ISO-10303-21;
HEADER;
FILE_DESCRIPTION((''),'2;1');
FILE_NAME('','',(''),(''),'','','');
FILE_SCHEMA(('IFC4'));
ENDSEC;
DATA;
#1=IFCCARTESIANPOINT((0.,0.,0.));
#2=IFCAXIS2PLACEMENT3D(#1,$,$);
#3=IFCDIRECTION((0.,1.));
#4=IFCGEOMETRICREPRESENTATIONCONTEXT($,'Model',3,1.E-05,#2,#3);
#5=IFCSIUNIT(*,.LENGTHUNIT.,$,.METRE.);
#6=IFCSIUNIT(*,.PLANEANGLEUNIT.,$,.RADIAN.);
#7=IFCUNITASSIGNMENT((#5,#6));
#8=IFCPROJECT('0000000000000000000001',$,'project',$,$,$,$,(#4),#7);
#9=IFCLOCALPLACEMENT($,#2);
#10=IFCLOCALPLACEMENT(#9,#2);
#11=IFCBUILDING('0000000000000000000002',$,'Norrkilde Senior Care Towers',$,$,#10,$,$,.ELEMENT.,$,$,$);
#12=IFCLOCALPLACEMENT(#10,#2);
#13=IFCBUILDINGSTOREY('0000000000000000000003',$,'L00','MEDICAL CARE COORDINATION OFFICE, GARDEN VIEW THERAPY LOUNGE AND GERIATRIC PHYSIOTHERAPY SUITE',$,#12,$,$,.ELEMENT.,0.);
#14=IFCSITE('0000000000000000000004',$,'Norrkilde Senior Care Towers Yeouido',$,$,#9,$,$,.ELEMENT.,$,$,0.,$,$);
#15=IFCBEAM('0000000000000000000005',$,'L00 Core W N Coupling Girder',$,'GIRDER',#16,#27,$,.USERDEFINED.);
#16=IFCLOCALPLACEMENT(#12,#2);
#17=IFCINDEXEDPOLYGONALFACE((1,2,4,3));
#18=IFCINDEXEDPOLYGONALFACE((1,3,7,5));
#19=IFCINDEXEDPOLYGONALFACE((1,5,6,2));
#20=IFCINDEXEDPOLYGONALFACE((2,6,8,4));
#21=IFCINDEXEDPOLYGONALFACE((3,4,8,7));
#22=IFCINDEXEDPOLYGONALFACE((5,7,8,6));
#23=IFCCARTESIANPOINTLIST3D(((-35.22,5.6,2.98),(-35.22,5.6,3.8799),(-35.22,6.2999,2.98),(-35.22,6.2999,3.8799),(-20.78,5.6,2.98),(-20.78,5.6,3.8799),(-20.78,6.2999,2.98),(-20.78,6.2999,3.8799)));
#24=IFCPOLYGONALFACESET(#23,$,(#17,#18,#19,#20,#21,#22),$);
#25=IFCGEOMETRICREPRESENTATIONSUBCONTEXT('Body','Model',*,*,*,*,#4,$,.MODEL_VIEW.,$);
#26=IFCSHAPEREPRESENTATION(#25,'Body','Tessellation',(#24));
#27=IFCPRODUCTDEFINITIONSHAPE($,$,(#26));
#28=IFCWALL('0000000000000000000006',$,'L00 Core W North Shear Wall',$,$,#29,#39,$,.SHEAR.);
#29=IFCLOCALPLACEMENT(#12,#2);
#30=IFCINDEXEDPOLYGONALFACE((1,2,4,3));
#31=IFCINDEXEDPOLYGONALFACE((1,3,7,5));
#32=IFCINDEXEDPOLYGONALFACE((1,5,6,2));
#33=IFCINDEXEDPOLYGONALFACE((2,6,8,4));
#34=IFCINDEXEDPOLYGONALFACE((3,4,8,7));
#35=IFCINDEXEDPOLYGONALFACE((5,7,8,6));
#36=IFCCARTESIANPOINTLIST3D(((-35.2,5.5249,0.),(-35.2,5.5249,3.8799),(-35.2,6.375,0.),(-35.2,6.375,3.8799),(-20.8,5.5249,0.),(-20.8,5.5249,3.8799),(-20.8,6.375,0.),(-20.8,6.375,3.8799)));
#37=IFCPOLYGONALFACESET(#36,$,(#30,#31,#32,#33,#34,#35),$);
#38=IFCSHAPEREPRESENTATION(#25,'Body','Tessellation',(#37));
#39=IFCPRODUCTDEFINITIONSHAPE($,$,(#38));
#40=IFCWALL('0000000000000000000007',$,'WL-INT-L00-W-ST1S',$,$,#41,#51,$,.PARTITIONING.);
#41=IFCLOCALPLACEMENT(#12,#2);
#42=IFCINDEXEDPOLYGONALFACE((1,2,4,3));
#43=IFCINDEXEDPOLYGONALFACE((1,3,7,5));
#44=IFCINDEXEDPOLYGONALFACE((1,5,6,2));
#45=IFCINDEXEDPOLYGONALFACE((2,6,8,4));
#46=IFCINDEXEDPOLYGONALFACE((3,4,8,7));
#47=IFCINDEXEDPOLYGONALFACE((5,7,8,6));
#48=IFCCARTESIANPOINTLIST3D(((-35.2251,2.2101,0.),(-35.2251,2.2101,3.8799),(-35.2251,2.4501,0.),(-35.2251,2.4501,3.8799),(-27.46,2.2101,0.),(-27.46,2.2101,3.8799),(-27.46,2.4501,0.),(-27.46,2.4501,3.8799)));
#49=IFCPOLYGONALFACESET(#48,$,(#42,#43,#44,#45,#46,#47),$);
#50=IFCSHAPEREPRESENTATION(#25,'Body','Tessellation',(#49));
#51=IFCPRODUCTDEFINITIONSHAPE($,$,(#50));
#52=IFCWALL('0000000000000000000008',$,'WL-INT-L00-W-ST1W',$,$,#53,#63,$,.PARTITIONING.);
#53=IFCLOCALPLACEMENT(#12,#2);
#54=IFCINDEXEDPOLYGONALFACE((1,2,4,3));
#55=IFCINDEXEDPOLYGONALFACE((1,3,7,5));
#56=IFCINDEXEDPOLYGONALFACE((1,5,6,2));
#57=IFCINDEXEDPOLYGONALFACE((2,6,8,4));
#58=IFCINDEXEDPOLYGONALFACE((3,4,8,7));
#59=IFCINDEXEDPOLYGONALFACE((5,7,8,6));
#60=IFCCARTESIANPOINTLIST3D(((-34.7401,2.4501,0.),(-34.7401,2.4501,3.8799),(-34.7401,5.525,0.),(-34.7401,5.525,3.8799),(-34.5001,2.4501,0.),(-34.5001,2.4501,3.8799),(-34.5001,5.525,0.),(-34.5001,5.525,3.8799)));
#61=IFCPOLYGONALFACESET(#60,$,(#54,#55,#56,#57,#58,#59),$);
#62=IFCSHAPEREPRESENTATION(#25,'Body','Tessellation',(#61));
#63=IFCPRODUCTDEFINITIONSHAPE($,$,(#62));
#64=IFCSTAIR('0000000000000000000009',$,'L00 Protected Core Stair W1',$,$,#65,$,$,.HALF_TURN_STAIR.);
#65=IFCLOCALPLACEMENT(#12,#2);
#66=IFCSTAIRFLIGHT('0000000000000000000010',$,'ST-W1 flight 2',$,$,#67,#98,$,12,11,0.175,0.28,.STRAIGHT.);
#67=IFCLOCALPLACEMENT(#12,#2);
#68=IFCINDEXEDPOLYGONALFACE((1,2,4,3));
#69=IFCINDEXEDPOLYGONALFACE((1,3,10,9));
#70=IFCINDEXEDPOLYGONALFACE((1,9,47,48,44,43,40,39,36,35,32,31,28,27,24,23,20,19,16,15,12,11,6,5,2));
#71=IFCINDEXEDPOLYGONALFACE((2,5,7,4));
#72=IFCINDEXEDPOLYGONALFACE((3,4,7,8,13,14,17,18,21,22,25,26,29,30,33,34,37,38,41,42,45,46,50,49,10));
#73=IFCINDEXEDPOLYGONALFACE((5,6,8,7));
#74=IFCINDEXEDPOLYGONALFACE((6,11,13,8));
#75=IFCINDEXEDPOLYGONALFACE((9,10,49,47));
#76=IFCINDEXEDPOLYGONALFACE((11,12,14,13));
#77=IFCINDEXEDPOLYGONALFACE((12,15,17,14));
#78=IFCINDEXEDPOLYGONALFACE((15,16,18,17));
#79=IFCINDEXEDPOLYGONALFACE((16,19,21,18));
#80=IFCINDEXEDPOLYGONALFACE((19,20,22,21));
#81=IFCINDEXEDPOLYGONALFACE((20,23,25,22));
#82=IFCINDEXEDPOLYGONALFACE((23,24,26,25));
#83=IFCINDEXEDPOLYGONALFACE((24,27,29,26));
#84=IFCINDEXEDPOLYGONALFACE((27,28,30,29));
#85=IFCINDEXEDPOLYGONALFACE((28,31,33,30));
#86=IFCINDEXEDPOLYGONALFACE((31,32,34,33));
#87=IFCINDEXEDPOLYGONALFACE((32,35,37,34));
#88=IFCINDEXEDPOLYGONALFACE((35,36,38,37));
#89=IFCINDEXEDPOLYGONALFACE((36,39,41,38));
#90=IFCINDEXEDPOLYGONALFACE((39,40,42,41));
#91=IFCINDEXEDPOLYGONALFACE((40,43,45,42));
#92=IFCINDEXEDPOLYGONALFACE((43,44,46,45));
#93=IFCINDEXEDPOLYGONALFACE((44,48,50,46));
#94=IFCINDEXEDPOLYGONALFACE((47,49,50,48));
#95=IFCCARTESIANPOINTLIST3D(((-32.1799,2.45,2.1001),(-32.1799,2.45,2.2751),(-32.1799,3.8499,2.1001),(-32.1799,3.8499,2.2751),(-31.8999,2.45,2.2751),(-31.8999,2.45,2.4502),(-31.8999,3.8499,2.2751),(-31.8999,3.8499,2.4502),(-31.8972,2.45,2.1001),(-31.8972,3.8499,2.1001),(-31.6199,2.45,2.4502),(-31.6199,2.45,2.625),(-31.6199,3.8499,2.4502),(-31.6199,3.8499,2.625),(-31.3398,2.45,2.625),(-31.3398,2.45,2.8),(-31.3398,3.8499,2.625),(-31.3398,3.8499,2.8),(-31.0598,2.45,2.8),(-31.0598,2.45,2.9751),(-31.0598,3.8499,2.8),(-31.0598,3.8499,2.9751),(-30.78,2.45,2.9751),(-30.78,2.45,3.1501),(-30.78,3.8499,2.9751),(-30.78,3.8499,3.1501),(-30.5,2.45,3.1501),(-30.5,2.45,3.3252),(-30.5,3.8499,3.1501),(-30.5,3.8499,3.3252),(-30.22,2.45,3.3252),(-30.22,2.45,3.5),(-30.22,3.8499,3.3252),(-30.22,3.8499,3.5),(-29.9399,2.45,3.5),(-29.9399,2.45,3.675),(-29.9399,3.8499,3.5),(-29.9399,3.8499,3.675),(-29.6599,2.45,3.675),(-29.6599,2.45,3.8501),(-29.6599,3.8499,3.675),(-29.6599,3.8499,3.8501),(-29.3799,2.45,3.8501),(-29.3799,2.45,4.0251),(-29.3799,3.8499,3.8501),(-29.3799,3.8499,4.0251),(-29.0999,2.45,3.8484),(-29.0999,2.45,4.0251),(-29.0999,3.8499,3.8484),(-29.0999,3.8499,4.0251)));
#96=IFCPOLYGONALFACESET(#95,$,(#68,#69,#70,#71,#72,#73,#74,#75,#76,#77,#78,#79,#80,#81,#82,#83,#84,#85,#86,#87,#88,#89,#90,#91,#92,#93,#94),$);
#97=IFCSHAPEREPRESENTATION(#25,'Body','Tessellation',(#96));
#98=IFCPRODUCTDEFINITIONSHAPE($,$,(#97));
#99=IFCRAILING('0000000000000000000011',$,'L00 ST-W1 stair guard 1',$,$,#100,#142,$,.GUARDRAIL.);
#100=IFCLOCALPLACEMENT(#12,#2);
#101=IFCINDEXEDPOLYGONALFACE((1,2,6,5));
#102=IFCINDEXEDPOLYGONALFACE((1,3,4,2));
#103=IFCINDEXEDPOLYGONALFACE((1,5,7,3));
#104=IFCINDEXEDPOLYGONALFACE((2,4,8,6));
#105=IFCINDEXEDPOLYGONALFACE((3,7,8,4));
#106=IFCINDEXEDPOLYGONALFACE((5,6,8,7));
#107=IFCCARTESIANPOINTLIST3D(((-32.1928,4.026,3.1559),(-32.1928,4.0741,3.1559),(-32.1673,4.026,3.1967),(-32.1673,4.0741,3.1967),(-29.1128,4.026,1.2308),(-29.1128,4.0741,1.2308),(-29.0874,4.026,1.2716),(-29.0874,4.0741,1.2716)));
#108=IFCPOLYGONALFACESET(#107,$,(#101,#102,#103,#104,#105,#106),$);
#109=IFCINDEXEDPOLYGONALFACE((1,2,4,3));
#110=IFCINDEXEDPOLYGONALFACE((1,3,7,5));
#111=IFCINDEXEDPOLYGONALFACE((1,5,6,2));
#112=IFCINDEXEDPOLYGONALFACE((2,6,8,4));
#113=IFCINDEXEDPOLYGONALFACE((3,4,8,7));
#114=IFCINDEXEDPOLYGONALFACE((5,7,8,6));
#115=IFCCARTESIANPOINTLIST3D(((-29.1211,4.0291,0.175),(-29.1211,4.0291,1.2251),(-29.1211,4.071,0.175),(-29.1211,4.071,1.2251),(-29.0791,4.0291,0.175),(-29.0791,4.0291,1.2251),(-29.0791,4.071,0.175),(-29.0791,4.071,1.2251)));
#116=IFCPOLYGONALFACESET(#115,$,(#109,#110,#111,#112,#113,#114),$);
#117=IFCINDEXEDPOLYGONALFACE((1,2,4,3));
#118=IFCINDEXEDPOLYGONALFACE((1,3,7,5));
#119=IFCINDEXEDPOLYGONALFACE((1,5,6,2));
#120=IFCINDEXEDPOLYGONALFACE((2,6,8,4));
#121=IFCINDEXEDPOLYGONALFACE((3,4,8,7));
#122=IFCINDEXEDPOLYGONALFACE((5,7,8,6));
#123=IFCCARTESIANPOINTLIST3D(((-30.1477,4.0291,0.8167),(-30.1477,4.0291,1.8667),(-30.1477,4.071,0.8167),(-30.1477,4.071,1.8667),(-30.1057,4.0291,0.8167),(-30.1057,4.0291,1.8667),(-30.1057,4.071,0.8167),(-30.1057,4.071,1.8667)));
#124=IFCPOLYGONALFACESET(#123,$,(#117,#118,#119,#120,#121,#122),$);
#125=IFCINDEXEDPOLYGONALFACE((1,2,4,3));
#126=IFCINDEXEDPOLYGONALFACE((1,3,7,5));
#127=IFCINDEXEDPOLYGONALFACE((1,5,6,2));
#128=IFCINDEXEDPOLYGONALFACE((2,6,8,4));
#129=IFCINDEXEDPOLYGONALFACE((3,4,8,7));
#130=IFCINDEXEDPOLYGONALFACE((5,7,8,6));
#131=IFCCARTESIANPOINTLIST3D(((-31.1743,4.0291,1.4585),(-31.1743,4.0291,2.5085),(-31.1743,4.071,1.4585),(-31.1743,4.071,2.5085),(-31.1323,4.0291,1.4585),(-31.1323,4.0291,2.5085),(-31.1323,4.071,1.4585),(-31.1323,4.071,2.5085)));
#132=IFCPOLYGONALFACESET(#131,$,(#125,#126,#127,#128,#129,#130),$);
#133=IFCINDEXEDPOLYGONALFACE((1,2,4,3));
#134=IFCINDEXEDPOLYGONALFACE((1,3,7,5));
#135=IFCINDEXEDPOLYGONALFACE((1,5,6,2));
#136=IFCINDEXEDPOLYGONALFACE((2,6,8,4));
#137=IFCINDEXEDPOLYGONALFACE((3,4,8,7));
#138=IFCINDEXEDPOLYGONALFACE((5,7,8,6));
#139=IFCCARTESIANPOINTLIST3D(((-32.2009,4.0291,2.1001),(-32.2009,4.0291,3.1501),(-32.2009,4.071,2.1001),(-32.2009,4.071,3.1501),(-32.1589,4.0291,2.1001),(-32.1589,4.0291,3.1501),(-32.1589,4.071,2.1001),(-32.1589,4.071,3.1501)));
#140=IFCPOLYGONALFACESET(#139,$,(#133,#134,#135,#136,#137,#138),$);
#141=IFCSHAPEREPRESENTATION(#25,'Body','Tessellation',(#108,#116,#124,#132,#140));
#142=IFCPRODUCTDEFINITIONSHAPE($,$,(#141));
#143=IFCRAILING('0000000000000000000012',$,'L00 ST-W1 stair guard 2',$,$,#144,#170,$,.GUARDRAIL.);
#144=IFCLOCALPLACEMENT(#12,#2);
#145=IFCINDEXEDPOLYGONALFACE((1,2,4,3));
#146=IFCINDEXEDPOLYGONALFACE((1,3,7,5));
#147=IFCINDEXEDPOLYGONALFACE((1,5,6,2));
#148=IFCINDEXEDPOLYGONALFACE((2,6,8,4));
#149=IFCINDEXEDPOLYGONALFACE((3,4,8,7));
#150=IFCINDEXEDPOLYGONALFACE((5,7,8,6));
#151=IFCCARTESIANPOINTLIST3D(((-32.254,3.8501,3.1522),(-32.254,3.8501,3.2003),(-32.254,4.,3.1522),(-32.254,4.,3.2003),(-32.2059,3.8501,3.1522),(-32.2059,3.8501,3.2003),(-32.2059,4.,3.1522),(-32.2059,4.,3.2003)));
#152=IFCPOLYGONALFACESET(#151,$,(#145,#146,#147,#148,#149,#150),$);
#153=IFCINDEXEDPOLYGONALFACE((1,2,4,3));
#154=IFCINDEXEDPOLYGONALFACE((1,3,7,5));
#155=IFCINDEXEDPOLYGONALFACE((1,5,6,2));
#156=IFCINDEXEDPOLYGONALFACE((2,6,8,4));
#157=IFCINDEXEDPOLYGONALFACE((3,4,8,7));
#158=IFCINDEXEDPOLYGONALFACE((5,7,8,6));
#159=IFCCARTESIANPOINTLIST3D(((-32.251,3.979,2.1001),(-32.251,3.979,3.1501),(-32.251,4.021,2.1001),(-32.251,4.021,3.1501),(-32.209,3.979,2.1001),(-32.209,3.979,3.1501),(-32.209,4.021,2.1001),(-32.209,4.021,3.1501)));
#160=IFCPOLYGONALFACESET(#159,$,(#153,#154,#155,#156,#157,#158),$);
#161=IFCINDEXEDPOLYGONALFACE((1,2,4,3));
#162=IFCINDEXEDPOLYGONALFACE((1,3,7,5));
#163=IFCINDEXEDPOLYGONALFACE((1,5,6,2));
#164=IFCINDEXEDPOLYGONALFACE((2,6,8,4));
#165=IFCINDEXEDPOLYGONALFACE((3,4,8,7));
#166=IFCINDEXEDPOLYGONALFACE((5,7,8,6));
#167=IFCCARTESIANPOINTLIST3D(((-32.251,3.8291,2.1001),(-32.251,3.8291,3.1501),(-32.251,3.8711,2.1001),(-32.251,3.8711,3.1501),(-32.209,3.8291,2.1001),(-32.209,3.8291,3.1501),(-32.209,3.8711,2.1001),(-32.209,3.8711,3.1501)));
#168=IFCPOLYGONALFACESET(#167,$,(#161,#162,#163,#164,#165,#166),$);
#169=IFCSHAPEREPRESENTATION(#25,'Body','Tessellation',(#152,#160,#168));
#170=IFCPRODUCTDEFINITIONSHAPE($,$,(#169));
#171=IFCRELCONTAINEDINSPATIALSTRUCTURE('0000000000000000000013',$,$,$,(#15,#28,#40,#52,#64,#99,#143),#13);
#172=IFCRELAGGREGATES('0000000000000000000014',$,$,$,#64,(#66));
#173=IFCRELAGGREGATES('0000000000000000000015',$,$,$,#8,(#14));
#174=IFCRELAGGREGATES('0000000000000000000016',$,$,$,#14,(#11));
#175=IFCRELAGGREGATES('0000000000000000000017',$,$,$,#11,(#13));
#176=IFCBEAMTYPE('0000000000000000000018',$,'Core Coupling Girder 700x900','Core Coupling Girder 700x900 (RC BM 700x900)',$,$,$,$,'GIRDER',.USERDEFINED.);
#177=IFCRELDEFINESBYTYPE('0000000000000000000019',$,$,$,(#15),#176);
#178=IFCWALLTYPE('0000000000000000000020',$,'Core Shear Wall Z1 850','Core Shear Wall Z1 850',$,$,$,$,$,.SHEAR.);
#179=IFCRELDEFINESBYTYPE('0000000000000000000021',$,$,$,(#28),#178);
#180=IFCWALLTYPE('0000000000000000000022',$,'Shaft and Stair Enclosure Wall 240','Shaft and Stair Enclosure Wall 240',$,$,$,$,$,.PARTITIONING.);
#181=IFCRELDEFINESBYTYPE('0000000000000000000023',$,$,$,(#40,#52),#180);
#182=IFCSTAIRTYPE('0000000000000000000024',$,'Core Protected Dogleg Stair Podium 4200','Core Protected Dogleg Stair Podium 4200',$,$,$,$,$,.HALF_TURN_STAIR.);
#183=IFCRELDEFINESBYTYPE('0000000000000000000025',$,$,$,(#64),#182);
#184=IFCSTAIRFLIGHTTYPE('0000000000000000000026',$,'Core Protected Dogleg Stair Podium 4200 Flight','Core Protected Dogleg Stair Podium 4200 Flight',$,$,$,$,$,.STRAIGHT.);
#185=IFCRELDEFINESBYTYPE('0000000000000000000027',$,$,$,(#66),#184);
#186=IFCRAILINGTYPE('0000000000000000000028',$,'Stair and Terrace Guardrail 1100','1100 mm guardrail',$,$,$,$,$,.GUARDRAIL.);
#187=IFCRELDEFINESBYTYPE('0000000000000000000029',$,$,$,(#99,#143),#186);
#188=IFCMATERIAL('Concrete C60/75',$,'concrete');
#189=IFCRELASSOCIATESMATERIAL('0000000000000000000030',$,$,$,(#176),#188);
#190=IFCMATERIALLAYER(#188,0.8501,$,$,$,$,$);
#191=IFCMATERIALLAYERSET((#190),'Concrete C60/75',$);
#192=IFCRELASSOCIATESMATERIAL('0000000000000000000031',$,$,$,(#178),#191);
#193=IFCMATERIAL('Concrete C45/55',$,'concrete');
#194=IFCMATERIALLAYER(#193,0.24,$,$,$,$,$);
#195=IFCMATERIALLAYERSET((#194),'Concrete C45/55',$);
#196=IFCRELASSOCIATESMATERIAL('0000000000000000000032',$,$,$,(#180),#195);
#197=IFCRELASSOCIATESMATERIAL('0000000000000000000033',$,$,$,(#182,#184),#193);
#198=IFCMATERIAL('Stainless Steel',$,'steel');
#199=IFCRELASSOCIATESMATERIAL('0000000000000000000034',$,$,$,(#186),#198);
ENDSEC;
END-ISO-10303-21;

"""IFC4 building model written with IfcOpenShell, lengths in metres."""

from ifc_helpers import new_model, si_unit, direction, frame, frame_2d, origin, origin_2d, place, context, subcontext, project, spatial, polyline, rectangle, outline, extrude, source, transform, mapped, material, layer, layer_set, material_profile, profile_set, type_object, type_shapes, element, aggregate, save


model = new_model("IFC4")

# Units and contexts
model_context = context("Model", 3, precision=1e-05, world=origin(), true_north=direction((0.0, 1.0)))
body_context = subcontext(model_context, "Body", "Model", "MODEL_VIEW")
ifc_project = project(units=[si_unit("LENGTHUNIT", "METRE"), si_unit("PLANEANGLEUNIT", "RADIAN")], contexts=[model_context])

# Site, building, storey
site_placement = place(None, origin())
site = spatial("IfcSite", under=ifc_project, at=site_placement, Name="Norrkilde Senior Care Towers Yeouido", CompositionType="ELEMENT", RefElevation=0.0)
building_placement = place(site_placement, origin())
building = spatial("IfcBuilding", under=site, at=building_placement, Name="Norrkilde Senior Care Towers", CompositionType="ELEMENT")
storey_placement = place(building_placement, origin())
storey = spatial("IfcBuildingStorey", under=building, at=storey_placement, Name="L00", Description="MEDICAL CARE COORDINATION OFFICE, GARDEN VIEW THERAPY LOUNGE AND GERIATRIC PHYSIOTHERAPY SUITE", CompositionType="ELEMENT", Elevation=0.0)

# Beam
ifc_material_1 = material(Name="Concrete C60/75", Category="concrete")
ifc_material_profile = material_profile(ifc_material_1, rectangle(XDim=0.7, YDim=0.8999, at=origin_2d()), Name="RC BM 700x900")
ifc_profile_set = profile_set([ifc_material_profile], Name="Concrete C60/75")
beam_type = type_object("IfcBeamType", Name="Core Coupling Girder 700x900", Description="Core Coupling Girder 700x900 (RC BM 700x900)", ElementType="GIRDER", PredefinedType="USERDEFINED", material=ifc_profile_set)
shared_shape_1 = source(origin(), body_context, "Body", "SweptSolid", [
    extrude(rectangle(XDim=0.7, YDim=0.8999, at=origin_2d()), origin(), (0.0, 0.0, 1.0), 14.4399),
])
type_shapes(beam_type, [shared_shape_1])
beam_placement = place(storey_placement, frame((-35.22, 5.95, 3.4299), z_axis=(1.0, 0.0, 0.0), x_axis=(0.0, 1.0, 0.0)))
element("IfcBeam", 1, at=beam_placement, inside=storey, type_object=beam_type, Name="L00 Core W N Coupling Girder", ObjectType="GIRDER", PredefinedType="USERDEFINED", context=body_context, shape_type="MappedRepresentation", body=[
    mapped(shared_shape_1, transform((0.0, 0.0, 0.0), x_axis=(1.0, 0.0, 0.0), y_axis=(0.0, 1.0, 0.0), z_axis=(0.0, 0.0, 1.0), scale=1.0)),
])

# Walls
ifc_layer_1 = layer(ifc_material_1, 0.8501)
ifc_layer_set_1 = layer_set([ifc_layer_1], Name="Concrete C60/75")
wall_type_1 = type_object("IfcWallType", Name="Core Shear Wall Z1 850", Description="Core Shear Wall Z1 850", PredefinedType="SHEAR", material=ifc_layer_set_1)
shared_shape_2 = source(origin(), body_context, "Body", "SweptSolid", [
    extrude(rectangle(XDim=14.3999, YDim=0.8501, at=frame_2d((7.2, 0.0))), origin(), (0.0, 0.0, 1.0), 3.8799),
])
type_shapes(wall_type_1, [shared_shape_2])
wall_1_placement = place(storey_placement, frame((-35.2, 5.95, 0.0), z_axis=(0.0, 0.0, 1.0), x_axis=(1.0, 0.0, 0.0)))
element("IfcWall", 2, at=wall_1_placement, inside=storey, type_object=wall_type_1, Name="L00 Core W North Shear Wall", PredefinedType="SHEAR", context=body_context, shape_type="MappedRepresentation", body=[
    mapped(shared_shape_2, transform((0.0, 0.0, 0.0), x_axis=(1.0, 0.0, 0.0), y_axis=(0.0, 1.0, 0.0), z_axis=(0.0, 0.0, 1.0), scale=1.0)),
])
ifc_material_2 = material(Name="Concrete C45/55", Category="concrete")
ifc_layer_2 = layer(ifc_material_2, 0.24)
ifc_layer_set_2 = layer_set([ifc_layer_2], Name="Concrete C45/55")
wall_type_2 = type_object("IfcWallType", Name="Shaft and Stair Enclosure Wall 240", Description="Shaft and Stair Enclosure Wall 240", PredefinedType="PARTITIONING", material=ifc_layer_set_2)
shared_shape_3 = source(origin(), body_context, "Body", "SweptSolid", [
    extrude(rectangle(XDim=7.7651, YDim=0.24, at=frame_2d((3.8826, 0.0))), origin(), (0.0, 0.0, 1.0), 3.8799),
])
wall_2_placement = place(storey_placement, frame((-35.2251, 2.3301, 0.0), z_axis=(0.0, 0.0, 1.0), x_axis=(1.0, 0.0, 0.0)))
element("IfcWall", 3, at=wall_2_placement, inside=storey, type_object=wall_type_2, Name="WL-INT-L00-W-ST1S", PredefinedType="PARTITIONING", context=body_context, shape_type="MappedRepresentation", body=[
    mapped(shared_shape_3, transform((0.0, 0.0, 0.0), x_axis=(1.0, 0.0, 0.0), y_axis=(0.0, 1.0, 0.0), z_axis=(0.0, 0.0, 1.0), scale=1.0)),
])
shared_shape_4 = source(origin(), body_context, "Body", "SweptSolid", [
    extrude(rectangle(XDim=3.075, YDim=0.24, at=frame_2d((1.5376, 0.0))), origin(), (0.0, 0.0, 1.0), 3.8799),
])
type_shapes(wall_type_2, [shared_shape_3, shared_shape_4])
wall_3_placement = place(storey_placement, frame((-34.6201, 2.45, 0.0), z_axis=(0.0, 0.0, 1.0), x_axis=(0.0, 1.0, 0.0)))
element("IfcWall", 4, at=wall_3_placement, inside=storey, type_object=wall_type_2, Name="WL-INT-L00-W-ST1W", PredefinedType="PARTITIONING", context=body_context, shape_type="MappedRepresentation", body=[
    mapped(shared_shape_4, transform((0.0, 0.0, 0.0), x_axis=(1.0, 0.0, 0.0), y_axis=(0.0, 1.0, 0.0), z_axis=(0.0, 0.0, 1.0), scale=1.0)),
])

# Stair, stair flight
stair_type = type_object("IfcStairType", Name="Core Protected Dogleg Stair Podium 4200", Description="Core Protected Dogleg Stair Podium 4200", PredefinedType="HALF_TURN_STAIR", material=ifc_material_2)
stair_placement = place(storey_placement, origin())
stair = element("IfcStair", 5, at=stair_placement, inside=storey, type_object=stair_type, Name="L00 Protected Core Stair W1", PredefinedType="HALF_TURN_STAIR")
stair_flight_type = type_object("IfcStairFlightType", Name="Core Protected Dogleg Stair Podium 4200 Flight", Description="Core Protected Dogleg Stair Podium 4200 Flight", PredefinedType="STRAIGHT", material=ifc_material_2)
stair_flight_placement = place(storey_placement, frame((-32.1799, 3.1499, 2.1001), z_axis=(0.0, 0.0, 1.0), x_axis=(1.0, 0.0, 0.0)))
stair_flight = element("IfcStairFlight", 6, at=stair_flight_placement, type_object=stair_flight_type, Name="ST-W1 flight 2", NumberOfRisers=12, NumberOfTreads=11, PredefinedType="STRAIGHT", RiserHeight=0.175, TreadLength=0.28, context=body_context, shape_type="SweptSolid", body=[
    extrude(outline(polyline([(0.0, 0.0), (0.0, 0.175), (0.28, 0.175), (0.28, 0.3501), (0.5601, 0.3501), (0.5601, 0.5249), (0.8401, 0.5249), (0.8401, 0.7), (1.1201, 0.7), (1.1201, 0.875), (1.3999, 0.875), (1.3999, 1.05), (1.6799, 1.05), (1.6799, 1.2251), (1.96, 1.2251), (1.96, 1.3999), (2.24, 1.3999), (2.24, 1.575), (2.52, 1.575), (2.52, 1.75), (2.8, 1.75), (2.8, 1.925), (3.0801, 1.925), (3.0801, 2.1001), (3.0801, 1.7483), (0.2827, 0.0), (0.0, 0.0)])), frame((0.0, 0.7, 0.0), z_axis=(0.0, -1.0, 0.0), x_axis=(1.0, 0.0, 0.0)), (0.0, 0.0, 1.0), 1.3999),
])
aggregate(stair, [stair_flight])

# Railings
ifc_material_3 = material(Name="Stainless Steel", Category="steel")
railing_type_1 = type_object("IfcRailingType", Name="Stair and Terrace Guardrail 1100", Description="1100 mm guardrail", PredefinedType="GUARDRAIL", material=ifc_material_3)
railing_1_placement = place(storey_placement, frame((-29.1001, 4.05, 0.175)))
element("IfcRailing", 7, at=railing_1_placement, inside=storey, type_object=railing_type_1, Name="L00 ST-W1 stair guard 1", PredefinedType="GUARDRAIL", context=body_context, shape_type="SweptSolid", body=[
    extrude(rectangle(XDim=0.0481, YDim=0.0481, at=origin_2d()), frame((0.0, 0.0, 1.0762), z_axis=(-0.847979, 0.0, 0.530029), x_axis=(0.0, -1.0, 0.0)), (0.0, 0.0, 1.0), 3.6321),
    extrude(rectangle(XDim=0.042, YDim=0.042, at=origin_2d()), origin(), (0.0, 0.0, 1.0), 1.05),
    extrude(rectangle(XDim=0.042, YDim=0.042, at=origin_2d()), frame((-1.0266, 0.0, 0.6416)), (0.0, 0.0, 1.0), 1.05),
    extrude(rectangle(XDim=0.042, YDim=0.042, at=origin_2d()), frame((-2.0532, 0.0, 1.2834)), (0.0, 0.0, 1.0), 1.05),
    extrude(rectangle(XDim=0.042, YDim=0.042, at=origin_2d()), frame((-3.0798, 0.0, 1.925)), (0.0, 0.0, 1.0), 1.05),
])
railing_2_placement = place(storey_placement, frame((-32.23, 4.0, 2.1001)))
element("IfcRailing", 8, at=railing_2_placement, inside=storey, type_object=railing_type_1, Name="L00 ST-W1 stair guard 2", PredefinedType="GUARDRAIL", context=body_context, shape_type="SweptSolid", body=[
    extrude(rectangle(XDim=0.0481, YDim=0.0481, at=origin_2d()), frame((0.0, 0.0, 1.0762), z_axis=(0.0, -1.0, 0.0), x_axis=(1.0, 0.0, 0.0)), (0.0, 0.0, 1.0), 0.1499),
    extrude(rectangle(XDim=0.042, YDim=0.042, at=origin_2d()), origin(), (0.0, 0.0, 1.0), 1.05),
    extrude(rectangle(XDim=0.042, YDim=0.042, at=origin_2d()), frame((0.0, -0.1499, 0.0)), (0.0, 0.0, 1.0), 1.05),
])

save(model, "model.ifc")
